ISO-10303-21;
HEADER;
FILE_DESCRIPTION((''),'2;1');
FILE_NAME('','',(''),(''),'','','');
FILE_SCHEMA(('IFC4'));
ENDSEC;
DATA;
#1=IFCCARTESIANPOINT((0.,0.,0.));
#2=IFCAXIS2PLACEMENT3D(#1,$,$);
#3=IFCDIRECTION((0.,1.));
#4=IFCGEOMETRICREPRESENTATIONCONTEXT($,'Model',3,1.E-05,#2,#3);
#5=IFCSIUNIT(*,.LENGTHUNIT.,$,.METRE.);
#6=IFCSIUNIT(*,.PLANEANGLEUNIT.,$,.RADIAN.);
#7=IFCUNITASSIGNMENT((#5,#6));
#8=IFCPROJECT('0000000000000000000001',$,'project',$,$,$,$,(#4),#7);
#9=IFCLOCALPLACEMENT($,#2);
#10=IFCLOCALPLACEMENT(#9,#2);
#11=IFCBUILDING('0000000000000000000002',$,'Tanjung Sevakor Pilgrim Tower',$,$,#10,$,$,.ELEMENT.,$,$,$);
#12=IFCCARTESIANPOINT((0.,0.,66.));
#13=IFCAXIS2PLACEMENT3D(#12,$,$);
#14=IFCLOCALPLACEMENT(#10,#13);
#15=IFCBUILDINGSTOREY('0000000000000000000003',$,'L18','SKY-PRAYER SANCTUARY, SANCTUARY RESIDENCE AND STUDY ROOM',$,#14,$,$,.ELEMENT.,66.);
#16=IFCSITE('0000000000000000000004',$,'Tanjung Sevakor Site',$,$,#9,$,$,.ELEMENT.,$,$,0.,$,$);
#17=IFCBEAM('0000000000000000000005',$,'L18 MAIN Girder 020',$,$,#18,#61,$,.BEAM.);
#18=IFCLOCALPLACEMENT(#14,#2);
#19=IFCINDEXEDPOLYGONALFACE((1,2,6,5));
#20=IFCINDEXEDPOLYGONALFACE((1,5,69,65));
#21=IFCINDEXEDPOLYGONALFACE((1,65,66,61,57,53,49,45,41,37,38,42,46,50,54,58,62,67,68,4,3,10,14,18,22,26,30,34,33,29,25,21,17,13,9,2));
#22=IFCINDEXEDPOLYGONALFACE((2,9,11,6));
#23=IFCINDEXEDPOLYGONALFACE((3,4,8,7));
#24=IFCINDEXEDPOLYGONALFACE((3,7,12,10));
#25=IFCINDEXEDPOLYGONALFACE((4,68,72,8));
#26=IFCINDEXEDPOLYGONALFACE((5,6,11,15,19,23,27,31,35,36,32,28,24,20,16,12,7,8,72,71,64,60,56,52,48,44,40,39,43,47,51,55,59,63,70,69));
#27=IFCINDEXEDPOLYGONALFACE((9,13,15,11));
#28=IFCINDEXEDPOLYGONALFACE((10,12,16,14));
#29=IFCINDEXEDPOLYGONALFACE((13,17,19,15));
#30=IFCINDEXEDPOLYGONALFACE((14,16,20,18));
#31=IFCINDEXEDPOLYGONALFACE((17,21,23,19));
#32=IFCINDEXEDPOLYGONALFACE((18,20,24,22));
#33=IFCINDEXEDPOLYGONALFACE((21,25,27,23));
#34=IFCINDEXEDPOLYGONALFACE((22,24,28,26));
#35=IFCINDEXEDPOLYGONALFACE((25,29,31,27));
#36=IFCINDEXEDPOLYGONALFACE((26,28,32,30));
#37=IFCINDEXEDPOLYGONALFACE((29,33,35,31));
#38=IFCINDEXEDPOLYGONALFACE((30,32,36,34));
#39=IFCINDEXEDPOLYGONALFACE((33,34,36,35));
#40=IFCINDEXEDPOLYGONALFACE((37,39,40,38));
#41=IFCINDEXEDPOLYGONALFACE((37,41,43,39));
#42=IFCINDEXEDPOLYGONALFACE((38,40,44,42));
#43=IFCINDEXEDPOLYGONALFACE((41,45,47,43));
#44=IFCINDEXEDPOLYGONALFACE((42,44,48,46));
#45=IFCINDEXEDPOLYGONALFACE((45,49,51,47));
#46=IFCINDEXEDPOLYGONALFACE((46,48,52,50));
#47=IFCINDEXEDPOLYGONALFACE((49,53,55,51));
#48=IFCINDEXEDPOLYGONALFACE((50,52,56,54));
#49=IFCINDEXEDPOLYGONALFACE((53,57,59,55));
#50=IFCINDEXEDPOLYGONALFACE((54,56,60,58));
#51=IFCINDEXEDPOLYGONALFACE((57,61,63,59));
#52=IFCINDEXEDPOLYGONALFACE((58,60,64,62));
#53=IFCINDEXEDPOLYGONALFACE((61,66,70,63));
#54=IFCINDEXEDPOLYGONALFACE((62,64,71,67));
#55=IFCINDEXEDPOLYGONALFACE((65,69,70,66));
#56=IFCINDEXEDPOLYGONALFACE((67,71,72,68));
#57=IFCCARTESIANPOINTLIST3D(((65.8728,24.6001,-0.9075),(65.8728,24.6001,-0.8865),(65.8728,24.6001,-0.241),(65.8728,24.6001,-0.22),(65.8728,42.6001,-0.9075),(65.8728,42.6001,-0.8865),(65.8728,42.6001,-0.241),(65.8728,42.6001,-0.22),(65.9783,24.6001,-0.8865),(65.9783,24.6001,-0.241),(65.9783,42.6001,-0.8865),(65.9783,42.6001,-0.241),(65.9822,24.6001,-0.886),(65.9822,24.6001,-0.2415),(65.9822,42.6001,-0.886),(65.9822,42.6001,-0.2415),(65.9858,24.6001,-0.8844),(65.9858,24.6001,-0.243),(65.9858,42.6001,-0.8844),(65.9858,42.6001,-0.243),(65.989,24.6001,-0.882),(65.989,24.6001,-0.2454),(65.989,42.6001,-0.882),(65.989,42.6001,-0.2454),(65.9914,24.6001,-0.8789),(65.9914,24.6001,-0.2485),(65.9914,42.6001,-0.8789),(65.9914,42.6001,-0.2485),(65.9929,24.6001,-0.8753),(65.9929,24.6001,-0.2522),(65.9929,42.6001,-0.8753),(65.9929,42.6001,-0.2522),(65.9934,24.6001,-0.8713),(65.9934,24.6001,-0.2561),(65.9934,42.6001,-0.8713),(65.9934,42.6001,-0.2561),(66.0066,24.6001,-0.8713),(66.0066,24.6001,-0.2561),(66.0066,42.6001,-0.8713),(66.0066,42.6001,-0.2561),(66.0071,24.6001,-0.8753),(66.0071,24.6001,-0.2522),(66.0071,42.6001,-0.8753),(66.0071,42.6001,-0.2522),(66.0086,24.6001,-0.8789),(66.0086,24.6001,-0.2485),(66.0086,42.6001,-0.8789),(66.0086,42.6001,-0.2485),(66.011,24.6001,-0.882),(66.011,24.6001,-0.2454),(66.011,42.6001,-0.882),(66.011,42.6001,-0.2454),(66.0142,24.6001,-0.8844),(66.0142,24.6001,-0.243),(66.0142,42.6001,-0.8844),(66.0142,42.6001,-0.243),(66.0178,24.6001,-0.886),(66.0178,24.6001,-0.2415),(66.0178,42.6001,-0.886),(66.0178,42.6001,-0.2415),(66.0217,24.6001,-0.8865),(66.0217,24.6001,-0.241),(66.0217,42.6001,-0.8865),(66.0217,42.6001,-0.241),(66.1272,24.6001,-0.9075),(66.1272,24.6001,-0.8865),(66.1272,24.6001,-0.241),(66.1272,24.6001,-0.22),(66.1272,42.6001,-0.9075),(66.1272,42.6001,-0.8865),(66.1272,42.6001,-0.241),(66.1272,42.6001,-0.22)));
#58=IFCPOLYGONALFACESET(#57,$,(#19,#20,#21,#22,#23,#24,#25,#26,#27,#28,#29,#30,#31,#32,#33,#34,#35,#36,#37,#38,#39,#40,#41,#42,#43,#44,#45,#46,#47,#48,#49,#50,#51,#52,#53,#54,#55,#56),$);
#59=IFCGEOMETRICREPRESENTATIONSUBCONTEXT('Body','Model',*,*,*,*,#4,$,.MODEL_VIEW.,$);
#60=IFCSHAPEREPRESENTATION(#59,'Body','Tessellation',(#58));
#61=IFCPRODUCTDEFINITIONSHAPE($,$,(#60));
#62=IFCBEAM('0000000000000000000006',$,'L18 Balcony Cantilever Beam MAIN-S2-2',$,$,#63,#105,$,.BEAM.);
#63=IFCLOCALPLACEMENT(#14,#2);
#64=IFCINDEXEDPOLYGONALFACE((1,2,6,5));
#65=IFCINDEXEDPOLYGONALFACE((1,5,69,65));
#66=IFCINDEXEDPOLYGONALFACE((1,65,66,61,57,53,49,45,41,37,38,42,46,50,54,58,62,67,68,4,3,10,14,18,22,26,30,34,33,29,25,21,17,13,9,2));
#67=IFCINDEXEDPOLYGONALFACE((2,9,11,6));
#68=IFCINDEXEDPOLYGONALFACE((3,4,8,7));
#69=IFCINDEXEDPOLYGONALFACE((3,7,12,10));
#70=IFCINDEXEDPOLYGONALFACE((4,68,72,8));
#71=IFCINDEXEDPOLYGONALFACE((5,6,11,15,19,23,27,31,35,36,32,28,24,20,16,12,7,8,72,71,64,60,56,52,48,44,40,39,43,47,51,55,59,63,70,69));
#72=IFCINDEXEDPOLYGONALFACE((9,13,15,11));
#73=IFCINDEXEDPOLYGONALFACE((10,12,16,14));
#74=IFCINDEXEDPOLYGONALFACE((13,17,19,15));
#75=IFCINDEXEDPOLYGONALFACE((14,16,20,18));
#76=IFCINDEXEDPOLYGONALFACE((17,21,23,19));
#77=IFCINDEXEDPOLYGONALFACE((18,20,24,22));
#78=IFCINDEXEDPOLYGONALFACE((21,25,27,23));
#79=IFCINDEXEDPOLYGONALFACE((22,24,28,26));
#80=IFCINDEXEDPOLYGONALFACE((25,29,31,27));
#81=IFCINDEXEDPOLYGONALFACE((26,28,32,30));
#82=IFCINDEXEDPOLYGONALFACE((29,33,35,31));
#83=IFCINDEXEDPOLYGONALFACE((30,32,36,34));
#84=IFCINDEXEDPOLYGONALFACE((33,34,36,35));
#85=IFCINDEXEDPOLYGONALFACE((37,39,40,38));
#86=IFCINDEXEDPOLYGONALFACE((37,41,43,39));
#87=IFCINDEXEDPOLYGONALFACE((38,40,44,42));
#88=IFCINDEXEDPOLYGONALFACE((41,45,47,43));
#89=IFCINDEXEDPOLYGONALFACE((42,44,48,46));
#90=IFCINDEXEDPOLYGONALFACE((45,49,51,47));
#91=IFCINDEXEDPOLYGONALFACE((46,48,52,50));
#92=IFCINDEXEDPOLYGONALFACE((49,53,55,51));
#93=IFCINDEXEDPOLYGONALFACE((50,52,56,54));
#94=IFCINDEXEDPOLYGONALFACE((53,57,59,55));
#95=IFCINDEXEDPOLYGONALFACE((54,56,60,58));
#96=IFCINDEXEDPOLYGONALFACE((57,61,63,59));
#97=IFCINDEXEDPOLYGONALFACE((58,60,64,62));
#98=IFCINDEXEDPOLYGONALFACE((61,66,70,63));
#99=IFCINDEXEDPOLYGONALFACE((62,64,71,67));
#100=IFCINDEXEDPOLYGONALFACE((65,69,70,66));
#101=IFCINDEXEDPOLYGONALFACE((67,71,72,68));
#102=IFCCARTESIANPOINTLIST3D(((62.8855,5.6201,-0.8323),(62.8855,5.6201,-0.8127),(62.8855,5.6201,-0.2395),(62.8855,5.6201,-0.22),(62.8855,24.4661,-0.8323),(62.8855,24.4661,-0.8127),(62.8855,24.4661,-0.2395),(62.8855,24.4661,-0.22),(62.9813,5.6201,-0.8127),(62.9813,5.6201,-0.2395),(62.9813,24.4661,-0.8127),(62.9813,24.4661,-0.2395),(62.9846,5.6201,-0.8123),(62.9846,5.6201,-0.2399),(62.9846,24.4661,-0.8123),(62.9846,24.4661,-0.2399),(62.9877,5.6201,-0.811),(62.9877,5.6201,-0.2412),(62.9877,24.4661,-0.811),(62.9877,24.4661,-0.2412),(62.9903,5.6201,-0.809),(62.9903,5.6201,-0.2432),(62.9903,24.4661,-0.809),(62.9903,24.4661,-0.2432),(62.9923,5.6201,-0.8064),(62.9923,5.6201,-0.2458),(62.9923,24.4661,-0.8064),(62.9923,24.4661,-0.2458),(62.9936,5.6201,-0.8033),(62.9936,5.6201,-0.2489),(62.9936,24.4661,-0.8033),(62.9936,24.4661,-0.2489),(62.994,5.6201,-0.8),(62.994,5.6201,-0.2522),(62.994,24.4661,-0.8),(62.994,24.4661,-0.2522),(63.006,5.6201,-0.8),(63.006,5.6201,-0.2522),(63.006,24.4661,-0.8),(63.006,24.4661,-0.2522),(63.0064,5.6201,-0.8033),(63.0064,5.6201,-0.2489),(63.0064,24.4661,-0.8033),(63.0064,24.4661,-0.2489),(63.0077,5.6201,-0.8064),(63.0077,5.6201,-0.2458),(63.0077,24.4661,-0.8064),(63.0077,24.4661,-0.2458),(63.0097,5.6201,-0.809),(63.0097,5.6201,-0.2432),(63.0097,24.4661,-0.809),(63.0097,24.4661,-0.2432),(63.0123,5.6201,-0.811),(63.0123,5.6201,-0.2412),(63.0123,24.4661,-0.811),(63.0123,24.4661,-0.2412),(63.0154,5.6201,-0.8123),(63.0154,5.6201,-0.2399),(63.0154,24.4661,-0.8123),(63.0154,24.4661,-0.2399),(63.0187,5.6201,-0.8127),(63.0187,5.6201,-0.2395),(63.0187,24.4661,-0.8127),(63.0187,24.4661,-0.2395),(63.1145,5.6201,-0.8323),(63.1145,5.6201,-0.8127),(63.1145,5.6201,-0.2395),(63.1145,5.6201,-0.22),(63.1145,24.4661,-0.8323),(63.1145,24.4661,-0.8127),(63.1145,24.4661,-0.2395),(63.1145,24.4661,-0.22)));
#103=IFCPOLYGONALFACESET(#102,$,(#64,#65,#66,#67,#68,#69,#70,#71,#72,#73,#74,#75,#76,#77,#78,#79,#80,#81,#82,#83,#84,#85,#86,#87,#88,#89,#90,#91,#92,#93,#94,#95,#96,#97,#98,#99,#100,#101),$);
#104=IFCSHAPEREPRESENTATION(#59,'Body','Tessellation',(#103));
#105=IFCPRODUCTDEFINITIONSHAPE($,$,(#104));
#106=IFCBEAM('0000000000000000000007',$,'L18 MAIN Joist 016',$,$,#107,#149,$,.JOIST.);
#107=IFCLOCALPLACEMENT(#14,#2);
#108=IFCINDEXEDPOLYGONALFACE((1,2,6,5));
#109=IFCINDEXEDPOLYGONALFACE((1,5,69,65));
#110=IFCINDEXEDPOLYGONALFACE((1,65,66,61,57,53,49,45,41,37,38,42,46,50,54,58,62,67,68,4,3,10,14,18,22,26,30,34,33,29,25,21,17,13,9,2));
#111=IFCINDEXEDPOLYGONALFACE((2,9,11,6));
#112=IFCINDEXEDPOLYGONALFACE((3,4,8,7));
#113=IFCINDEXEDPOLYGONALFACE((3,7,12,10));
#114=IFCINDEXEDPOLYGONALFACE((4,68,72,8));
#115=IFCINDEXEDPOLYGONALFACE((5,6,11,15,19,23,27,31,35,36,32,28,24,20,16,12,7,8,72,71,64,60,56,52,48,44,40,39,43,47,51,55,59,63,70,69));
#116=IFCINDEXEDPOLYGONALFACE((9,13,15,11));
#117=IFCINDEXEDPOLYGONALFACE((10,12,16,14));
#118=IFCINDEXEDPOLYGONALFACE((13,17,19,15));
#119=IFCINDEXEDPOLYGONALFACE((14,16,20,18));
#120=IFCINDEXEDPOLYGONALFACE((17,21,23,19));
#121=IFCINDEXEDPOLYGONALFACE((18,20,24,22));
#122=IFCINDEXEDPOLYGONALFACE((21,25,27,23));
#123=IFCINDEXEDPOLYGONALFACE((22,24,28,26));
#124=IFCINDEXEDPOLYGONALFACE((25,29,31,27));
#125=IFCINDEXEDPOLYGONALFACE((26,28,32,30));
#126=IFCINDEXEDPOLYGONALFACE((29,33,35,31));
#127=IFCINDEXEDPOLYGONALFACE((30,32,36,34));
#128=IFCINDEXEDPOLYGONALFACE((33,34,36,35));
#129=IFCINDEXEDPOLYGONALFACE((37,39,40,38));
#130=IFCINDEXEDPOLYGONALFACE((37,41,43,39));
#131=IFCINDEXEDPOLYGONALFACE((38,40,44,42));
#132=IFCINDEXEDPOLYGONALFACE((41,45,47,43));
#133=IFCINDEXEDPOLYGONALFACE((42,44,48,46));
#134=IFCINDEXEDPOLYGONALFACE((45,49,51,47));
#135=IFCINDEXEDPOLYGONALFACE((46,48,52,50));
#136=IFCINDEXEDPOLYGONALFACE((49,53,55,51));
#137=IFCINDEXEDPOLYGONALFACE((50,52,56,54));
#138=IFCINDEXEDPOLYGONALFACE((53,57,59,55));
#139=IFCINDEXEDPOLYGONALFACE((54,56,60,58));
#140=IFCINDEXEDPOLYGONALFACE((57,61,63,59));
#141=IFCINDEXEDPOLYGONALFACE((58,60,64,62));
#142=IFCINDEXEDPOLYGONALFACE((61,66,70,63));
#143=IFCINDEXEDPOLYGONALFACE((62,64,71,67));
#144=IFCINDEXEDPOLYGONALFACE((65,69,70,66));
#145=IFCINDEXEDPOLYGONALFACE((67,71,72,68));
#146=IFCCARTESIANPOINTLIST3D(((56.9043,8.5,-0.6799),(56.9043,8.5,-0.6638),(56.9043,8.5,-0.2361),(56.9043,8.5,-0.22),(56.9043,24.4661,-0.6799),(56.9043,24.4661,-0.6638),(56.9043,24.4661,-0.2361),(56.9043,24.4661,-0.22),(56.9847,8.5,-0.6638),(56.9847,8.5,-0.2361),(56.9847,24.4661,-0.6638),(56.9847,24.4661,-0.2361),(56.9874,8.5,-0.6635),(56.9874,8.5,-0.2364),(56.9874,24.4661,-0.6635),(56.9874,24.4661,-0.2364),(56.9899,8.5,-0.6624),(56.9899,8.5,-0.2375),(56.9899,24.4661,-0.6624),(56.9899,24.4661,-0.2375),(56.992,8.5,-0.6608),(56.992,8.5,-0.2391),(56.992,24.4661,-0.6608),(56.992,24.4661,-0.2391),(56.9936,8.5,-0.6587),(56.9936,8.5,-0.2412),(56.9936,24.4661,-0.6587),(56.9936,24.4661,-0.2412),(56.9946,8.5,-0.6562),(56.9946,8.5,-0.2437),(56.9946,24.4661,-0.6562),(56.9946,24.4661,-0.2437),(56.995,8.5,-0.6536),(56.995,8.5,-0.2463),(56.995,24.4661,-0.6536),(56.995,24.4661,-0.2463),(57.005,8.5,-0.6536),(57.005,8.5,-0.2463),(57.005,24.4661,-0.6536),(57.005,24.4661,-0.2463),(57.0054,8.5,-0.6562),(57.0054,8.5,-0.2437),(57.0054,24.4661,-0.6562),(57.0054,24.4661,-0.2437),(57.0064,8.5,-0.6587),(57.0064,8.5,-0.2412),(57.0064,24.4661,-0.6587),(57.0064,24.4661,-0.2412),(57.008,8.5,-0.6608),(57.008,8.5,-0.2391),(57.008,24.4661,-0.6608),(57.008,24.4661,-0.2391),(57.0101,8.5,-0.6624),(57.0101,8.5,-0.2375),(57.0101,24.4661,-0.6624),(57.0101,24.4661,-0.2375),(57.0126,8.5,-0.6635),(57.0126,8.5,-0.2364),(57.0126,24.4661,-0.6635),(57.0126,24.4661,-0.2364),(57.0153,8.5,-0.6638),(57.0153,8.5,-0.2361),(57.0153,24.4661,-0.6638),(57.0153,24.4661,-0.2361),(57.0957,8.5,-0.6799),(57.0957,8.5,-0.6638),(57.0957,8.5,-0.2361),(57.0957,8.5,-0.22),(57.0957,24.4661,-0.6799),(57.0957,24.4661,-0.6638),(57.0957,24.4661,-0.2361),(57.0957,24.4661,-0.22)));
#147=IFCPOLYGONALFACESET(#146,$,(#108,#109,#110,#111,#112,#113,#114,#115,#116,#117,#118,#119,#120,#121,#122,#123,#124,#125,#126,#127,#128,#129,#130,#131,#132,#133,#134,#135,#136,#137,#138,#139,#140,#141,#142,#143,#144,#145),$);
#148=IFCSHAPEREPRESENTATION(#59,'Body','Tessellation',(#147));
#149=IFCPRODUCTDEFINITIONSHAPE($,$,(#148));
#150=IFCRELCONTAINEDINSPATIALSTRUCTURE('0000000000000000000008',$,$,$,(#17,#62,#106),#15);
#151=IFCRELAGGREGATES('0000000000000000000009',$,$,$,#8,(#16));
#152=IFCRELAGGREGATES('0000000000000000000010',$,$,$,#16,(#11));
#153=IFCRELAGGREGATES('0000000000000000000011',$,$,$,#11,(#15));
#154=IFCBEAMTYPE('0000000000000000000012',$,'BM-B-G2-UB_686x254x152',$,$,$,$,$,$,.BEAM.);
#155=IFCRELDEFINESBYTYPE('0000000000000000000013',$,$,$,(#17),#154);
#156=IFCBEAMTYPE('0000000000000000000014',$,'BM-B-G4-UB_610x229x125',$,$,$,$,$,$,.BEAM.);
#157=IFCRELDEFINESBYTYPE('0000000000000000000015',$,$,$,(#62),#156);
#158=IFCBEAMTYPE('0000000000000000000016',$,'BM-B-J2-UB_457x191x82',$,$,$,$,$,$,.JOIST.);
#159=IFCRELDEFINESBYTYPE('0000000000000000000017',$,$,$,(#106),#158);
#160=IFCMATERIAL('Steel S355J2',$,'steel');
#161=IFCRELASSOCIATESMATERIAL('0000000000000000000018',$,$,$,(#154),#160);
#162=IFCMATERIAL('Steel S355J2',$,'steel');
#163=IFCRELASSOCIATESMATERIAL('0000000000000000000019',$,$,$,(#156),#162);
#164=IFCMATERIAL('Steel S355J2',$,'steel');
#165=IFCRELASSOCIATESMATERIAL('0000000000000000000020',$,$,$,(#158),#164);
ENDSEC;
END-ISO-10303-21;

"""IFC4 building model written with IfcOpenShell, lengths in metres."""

from ifc_helpers import new_model, si_unit, direction, frame, origin, origin_2d, place, context, subcontext, project, spatial, i_section, extrude, material, material_profile, profile_set, type_object, element, save


model = new_model("IFC4")

# Units and contexts
model_context = context("Model", 3, precision=1e-05, world=origin(), true_north=direction((0.0, 1.0)))
body_context = subcontext(model_context, "Body", "Model", "MODEL_VIEW")
ifc_project = project(units=[si_unit("LENGTHUNIT", "METRE"), si_unit("PLANEANGLEUNIT", "RADIAN")], contexts=[model_context])

# Site, building, storey
site_placement = place(None, origin())
site = spatial("IfcSite", under=ifc_project, at=site_placement, Name="Tanjung Sevakor Site", CompositionType="ELEMENT", RefElevation=0.0)
building_placement = place(site_placement, origin())
building = spatial("IfcBuilding", under=site, at=building_placement, Name="Tanjung Sevakor Pilgrim Tower", CompositionType="ELEMENT")
storey_placement = place(building_placement, frame((0.0, 0.0, 66.0)))
storey = spatial("IfcBuildingStorey", under=building, at=storey_placement, Name="L18", Description="SKY-PRAYER SANCTUARY, SANCTUARY RESIDENCE AND STUDY ROOM", CompositionType="ELEMENT", Elevation=66.0)

# Beams
ifc_material_1 = material(Name="Steel S355J2", Category="steel")
ifc_material_profile_1 = material_profile(ifc_material_1, i_section(OverallWidth=0.2544, OverallDepth=0.6875, WebThickness=0.0132, FlangeThickness=0.021, FilletRadius=0.0151, at=origin_2d()))
ifc_profile_set_1 = profile_set([ifc_material_profile_1], Name="Steel S355J2")
beam_type_1 = type_object("IfcBeamType", Name="BM-B-G2-UB_686x254x152", PredefinedType="BEAM", material=ifc_profile_set_1)
beam_1_placement = place(storey_placement, frame((66.0, 24.6001, -0.5637), z_axis=(0.0, 1.0, 0.0), x_axis=(-1.0, 0.0, 0.0)))
element("IfcBeam", 1, at=beam_1_placement, inside=storey, type_object=beam_type_1, Name="L18 MAIN Girder 020", PredefinedType="BEAM", context=body_context, shape_type="SweptSolid", body=[
    extrude(i_section(OverallWidth=0.2544, OverallDepth=0.6875, WebThickness=0.0132, FlangeThickness=0.021, FilletRadius=0.0151, at=origin_2d()), origin(), (0.0, 0.0, 1.0), 18.0),
])
ifc_material_2 = material(Name="Steel S355J2", Category="steel")
ifc_material_profile_2 = material_profile(ifc_material_2, i_section(OverallWidth=0.229, OverallDepth=0.6123, WebThickness=0.012, FlangeThickness=0.0195, FilletRadius=0.0127, at=origin_2d()))
ifc_profile_set_2 = profile_set([ifc_material_profile_2], Name="Steel S355J2")
beam_type_2 = type_object("IfcBeamType", Name="BM-B-G4-UB_610x229x125", PredefinedType="BEAM", material=ifc_profile_set_2)
beam_2_placement = place(storey_placement, frame((63.0, 24.4661, -0.5261), z_axis=(0.0, -1.0, 0.0), x_axis=(1.0, 0.0, 0.0)))
element("IfcBeam", 2, at=beam_2_placement, inside=storey, type_object=beam_type_2, Name="L18 Balcony Cantilever Beam MAIN-S2-2", PredefinedType="BEAM", context=body_context, shape_type="SweptSolid", body=[
    extrude(i_section(OverallWidth=0.229, OverallDepth=0.6123, WebThickness=0.012, FlangeThickness=0.0195, FilletRadius=0.0127, at=origin_2d()), origin(), (0.0, 0.0, 1.0), 18.8459),
])
ifc_material_3 = material(Name="Steel S355J2", Category="steel")
ifc_material_profile_3 = material_profile(ifc_material_3, i_section(OverallWidth=0.1914, OverallDepth=0.46, WebThickness=0.01, FlangeThickness=0.0161, FilletRadius=0.0103, at=origin_2d()))
ifc_profile_set_3 = profile_set([ifc_material_profile_3], Name="Steel S355J2")
beam_type_3 = type_object("IfcBeamType", Name="BM-B-J2-UB_457x191x82", PredefinedType="JOIST", material=ifc_profile_set_3)
beam_3_placement = place(storey_placement, frame((57.0, 8.5, -0.45), z_axis=(0.0, 1.0, 0.0), x_axis=(-1.0, 0.0, 0.0)))
element("IfcBeam", 3, at=beam_3_placement, inside=storey, type_object=beam_type_3, Name="L18 MAIN Joist 016", PredefinedType="JOIST", context=body_context, shape_type="SweptSolid", body=[
    extrude(i_section(OverallWidth=0.1914, OverallDepth=0.46, WebThickness=0.01, FlangeThickness=0.0161, FilletRadius=0.0103, at=origin_2d()), origin(), (0.0, 0.0, 1.0), 15.9661),
])

save(model, "model.ifc")
